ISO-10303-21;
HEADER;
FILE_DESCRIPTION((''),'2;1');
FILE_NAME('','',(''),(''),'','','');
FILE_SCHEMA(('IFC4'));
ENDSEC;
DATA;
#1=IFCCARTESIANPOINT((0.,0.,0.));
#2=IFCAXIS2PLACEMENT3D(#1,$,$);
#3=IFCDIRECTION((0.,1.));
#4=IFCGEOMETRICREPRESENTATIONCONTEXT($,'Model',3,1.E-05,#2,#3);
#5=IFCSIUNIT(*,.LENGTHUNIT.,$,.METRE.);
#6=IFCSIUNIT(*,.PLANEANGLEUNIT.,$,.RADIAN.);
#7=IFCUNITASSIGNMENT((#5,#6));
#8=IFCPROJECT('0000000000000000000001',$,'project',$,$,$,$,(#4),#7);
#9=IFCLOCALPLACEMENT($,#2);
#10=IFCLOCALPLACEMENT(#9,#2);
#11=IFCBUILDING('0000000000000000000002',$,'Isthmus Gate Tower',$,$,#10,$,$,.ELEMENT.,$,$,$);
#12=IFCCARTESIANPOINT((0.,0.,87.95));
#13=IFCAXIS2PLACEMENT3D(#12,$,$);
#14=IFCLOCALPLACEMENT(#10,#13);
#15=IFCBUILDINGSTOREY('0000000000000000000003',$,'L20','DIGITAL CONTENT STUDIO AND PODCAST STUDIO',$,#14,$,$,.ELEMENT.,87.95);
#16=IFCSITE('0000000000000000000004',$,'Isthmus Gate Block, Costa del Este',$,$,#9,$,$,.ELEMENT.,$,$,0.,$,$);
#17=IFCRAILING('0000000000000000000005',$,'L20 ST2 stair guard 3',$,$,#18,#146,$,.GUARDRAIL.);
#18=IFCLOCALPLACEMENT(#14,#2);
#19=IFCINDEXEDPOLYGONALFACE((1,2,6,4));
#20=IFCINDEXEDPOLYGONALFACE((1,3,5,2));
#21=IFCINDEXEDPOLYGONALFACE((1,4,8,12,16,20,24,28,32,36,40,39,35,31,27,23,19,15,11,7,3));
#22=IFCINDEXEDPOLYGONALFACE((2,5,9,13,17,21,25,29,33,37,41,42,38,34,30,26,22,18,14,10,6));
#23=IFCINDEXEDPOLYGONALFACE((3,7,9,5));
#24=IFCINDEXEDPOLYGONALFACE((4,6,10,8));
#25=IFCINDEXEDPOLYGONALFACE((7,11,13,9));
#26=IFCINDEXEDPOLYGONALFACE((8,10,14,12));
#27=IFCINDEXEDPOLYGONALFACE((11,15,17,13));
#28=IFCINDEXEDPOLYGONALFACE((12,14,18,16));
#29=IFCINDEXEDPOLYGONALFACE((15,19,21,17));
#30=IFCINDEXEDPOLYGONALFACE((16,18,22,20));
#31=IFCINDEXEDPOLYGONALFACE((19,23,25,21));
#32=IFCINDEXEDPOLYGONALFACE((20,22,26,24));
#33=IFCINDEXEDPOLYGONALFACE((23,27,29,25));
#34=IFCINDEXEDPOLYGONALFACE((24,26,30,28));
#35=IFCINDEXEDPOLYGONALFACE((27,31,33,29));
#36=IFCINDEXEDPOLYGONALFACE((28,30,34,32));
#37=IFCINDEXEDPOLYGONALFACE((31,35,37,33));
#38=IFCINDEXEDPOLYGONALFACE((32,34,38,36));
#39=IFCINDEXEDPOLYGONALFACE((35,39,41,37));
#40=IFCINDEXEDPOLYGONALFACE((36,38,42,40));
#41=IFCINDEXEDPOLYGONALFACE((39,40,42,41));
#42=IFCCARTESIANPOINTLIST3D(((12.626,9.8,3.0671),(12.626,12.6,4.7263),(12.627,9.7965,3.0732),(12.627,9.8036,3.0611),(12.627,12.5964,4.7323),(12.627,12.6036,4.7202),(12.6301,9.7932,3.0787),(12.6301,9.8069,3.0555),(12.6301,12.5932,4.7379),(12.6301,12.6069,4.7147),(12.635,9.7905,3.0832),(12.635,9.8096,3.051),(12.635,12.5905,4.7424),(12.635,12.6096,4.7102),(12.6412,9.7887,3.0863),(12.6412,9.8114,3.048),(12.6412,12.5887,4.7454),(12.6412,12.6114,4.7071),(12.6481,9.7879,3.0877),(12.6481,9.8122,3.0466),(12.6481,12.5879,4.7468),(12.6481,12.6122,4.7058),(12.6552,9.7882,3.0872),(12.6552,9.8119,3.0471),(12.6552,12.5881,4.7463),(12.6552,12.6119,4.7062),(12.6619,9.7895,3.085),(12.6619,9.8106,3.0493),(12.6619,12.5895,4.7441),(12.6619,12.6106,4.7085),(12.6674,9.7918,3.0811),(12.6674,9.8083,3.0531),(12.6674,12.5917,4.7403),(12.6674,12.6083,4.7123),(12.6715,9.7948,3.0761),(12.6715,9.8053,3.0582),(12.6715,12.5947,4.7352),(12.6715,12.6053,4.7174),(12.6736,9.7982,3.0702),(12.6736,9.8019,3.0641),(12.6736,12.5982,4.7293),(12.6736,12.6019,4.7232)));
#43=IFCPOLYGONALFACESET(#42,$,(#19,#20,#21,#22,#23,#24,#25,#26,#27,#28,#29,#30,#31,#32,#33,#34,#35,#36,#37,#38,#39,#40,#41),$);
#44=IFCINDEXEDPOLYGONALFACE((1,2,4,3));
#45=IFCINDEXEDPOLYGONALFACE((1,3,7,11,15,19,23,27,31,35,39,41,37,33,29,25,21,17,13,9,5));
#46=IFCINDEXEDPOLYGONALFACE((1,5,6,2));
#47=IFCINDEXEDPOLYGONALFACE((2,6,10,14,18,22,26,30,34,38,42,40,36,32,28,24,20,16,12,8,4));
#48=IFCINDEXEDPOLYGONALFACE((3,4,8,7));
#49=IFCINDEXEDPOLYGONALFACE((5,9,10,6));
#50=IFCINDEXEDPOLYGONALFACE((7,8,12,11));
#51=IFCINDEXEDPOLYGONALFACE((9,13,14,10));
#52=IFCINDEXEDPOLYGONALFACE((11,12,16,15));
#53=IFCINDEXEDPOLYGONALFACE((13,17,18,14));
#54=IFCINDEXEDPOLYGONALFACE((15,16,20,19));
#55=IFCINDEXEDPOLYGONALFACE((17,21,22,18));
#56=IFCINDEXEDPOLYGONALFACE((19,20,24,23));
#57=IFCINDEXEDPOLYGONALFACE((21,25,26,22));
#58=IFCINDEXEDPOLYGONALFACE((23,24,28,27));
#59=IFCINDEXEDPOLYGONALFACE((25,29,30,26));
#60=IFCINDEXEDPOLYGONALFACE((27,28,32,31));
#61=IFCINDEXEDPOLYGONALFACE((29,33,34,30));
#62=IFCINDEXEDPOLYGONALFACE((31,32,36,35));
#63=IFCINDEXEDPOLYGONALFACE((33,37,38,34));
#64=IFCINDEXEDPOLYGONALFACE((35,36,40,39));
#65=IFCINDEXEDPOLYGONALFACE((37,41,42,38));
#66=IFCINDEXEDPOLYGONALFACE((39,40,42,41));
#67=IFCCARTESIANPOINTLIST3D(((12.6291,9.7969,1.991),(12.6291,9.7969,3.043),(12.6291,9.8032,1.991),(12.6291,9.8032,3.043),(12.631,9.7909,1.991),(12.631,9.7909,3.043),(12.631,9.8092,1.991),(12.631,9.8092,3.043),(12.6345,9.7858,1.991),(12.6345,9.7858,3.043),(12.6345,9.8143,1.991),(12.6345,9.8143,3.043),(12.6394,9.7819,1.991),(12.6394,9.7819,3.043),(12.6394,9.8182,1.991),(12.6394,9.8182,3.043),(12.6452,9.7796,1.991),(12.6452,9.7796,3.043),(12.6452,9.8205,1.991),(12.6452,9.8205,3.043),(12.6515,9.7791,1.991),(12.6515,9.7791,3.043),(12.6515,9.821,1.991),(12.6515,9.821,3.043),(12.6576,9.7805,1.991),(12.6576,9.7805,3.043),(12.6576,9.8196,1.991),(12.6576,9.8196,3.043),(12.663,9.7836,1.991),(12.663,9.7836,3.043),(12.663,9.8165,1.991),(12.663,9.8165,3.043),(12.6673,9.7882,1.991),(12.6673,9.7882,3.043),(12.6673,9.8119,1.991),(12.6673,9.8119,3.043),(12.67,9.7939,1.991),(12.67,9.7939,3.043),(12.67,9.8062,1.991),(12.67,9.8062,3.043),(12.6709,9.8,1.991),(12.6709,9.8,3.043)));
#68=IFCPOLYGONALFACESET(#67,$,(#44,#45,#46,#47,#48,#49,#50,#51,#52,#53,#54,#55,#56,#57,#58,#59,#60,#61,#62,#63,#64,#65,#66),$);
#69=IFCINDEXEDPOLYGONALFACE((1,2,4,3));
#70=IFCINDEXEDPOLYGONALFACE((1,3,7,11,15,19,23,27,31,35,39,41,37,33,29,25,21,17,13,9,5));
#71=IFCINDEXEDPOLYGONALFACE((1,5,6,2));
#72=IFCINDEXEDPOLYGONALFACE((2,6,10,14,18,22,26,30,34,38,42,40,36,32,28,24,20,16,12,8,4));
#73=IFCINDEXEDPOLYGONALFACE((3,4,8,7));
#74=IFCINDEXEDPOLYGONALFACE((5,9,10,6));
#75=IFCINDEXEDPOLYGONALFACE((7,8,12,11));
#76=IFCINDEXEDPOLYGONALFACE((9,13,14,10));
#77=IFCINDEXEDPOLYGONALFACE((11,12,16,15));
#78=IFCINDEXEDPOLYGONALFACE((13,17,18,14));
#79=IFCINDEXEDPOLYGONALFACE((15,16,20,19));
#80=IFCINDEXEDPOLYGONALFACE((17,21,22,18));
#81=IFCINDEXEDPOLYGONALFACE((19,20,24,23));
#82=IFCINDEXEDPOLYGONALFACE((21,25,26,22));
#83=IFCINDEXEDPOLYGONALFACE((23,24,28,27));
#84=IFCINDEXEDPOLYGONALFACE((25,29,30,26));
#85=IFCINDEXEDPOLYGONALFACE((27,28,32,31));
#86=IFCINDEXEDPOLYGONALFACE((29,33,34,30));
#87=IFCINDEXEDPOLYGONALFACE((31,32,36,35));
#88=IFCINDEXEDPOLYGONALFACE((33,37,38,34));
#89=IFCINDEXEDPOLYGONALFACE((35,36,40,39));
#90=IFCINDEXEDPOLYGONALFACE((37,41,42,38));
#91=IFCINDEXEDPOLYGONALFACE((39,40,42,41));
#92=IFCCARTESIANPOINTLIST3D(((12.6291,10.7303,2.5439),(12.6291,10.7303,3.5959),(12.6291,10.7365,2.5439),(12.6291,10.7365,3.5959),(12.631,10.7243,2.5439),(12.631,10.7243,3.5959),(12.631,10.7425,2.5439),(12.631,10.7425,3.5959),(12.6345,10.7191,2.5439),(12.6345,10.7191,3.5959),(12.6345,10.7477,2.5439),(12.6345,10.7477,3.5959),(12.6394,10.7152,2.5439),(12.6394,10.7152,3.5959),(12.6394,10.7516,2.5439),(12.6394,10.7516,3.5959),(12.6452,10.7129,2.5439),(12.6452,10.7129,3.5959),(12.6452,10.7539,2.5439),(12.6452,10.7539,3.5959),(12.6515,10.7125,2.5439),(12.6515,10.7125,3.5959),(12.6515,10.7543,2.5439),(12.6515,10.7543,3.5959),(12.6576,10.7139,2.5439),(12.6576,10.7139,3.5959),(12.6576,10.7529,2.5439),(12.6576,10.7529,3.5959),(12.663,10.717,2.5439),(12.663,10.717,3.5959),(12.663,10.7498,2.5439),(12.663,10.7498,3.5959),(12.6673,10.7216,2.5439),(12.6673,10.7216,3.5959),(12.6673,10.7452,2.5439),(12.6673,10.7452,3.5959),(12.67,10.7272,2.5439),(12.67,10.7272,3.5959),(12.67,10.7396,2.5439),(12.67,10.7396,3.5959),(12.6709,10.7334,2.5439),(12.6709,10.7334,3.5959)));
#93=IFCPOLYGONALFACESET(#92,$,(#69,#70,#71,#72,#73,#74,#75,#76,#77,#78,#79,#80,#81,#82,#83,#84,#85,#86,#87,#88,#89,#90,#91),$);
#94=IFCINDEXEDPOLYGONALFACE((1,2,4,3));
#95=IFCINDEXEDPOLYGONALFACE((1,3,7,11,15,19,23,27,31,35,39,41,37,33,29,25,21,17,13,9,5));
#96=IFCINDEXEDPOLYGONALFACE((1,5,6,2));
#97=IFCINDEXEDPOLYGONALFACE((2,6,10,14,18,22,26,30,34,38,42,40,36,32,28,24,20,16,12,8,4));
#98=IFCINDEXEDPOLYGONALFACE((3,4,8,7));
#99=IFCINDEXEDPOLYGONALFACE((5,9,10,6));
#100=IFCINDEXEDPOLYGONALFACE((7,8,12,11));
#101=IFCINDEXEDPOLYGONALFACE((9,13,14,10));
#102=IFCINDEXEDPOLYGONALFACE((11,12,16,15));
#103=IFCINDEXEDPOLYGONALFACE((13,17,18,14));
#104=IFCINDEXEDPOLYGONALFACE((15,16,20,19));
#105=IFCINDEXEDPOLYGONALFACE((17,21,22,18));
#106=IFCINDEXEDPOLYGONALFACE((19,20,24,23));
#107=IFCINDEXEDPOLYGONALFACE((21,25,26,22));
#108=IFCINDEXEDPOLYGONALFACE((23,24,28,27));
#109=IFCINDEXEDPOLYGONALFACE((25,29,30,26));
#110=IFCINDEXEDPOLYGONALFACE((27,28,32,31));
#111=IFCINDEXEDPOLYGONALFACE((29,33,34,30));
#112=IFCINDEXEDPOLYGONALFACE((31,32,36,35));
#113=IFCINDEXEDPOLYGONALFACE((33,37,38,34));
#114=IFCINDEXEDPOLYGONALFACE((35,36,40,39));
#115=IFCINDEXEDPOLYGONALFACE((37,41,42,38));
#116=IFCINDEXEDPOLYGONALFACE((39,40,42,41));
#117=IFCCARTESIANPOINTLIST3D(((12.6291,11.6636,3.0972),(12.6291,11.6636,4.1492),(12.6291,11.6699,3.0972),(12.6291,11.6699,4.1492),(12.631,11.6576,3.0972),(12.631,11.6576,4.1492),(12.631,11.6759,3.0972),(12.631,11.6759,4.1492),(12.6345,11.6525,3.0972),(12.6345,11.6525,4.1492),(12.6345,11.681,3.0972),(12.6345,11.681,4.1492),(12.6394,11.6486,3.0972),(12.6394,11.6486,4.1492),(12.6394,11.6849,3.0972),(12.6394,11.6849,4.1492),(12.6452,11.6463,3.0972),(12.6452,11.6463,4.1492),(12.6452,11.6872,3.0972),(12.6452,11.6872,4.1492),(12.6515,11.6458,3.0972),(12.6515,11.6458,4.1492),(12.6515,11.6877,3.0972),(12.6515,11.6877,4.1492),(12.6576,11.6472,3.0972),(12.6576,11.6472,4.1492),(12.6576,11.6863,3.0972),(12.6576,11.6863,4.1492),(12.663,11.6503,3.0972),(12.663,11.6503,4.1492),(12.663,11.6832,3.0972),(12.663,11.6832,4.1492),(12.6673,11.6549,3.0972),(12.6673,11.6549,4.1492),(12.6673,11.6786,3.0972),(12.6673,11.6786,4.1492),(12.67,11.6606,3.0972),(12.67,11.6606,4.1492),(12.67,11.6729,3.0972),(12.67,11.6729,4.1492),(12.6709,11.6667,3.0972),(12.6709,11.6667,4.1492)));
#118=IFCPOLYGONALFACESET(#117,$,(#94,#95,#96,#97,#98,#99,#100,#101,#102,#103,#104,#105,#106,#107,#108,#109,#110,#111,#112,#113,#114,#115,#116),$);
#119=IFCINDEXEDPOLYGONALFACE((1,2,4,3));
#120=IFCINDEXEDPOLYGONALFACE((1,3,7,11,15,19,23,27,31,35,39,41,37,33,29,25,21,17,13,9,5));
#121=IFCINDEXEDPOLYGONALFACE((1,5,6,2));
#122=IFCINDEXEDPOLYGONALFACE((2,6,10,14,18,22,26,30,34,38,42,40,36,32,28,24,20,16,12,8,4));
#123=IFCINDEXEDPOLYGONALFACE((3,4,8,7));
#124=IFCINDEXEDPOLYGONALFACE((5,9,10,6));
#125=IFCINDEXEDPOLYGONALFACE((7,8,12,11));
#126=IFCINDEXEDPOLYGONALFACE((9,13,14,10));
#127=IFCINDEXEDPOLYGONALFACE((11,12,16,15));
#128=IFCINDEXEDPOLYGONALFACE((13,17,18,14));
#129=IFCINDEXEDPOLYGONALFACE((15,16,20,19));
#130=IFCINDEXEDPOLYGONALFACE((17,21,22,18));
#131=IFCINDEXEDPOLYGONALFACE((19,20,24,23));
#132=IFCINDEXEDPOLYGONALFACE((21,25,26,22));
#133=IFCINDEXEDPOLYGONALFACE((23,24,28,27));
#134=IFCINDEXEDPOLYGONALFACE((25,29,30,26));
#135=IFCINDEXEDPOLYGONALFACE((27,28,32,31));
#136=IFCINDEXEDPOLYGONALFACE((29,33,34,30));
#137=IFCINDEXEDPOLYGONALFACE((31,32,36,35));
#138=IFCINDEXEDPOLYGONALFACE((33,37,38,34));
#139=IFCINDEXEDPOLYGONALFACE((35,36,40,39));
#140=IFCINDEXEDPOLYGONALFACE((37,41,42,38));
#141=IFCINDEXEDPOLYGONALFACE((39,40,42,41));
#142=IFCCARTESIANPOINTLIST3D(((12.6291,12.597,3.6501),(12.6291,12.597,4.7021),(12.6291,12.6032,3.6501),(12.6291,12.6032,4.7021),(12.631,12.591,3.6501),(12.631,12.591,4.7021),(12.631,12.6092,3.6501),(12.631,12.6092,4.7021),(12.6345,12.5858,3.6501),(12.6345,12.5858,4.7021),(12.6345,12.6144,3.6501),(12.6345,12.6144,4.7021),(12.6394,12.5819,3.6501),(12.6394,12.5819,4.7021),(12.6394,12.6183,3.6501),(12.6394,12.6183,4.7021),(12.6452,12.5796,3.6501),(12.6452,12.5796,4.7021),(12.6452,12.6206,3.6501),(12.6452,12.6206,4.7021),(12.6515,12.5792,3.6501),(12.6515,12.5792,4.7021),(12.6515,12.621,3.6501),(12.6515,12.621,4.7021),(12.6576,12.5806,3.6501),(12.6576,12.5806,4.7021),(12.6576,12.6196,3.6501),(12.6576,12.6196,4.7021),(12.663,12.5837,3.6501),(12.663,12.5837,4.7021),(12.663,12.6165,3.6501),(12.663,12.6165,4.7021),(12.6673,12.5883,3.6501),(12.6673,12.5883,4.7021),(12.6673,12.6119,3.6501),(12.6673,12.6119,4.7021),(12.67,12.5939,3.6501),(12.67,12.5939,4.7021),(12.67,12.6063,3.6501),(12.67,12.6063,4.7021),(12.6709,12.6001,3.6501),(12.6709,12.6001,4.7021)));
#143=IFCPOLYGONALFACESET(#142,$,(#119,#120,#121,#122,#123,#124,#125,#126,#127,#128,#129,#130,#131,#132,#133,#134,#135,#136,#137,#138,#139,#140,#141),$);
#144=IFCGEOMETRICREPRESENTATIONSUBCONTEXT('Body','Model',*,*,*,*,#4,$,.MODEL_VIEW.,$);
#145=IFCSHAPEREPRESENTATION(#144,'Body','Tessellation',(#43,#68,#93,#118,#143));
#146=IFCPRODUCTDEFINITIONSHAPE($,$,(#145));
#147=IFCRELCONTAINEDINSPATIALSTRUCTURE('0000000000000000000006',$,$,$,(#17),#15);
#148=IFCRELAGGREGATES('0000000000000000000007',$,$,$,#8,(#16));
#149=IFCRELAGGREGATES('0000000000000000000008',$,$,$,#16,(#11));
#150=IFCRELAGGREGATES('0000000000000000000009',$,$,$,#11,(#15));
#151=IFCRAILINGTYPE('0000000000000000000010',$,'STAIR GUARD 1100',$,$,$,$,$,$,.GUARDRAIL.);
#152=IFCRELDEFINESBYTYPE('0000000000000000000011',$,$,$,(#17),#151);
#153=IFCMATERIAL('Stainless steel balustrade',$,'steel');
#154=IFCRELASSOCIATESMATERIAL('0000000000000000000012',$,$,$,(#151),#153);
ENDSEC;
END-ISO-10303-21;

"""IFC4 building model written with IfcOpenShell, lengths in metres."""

from ifc_helpers import new_model, si_unit, direction, frame, origin, origin_2d, place, context, subcontext, project, spatial, circle, extrude, material, type_object, element, save


model = new_model("IFC4")

# Units and contexts
model_context = context("Model", 3, precision=1e-05, world=origin(), true_north=direction((0.0, 1.0)))
body_context = subcontext(model_context, "Body", "Model", "MODEL_VIEW")
ifc_project = project(units=[si_unit("LENGTHUNIT", "METRE"), si_unit("PLANEANGLEUNIT", "RADIAN")], contexts=[model_context])

# Site, building, storey
site_placement = place(None, origin())
site = spatial("IfcSite", under=ifc_project, at=site_placement, Name="Isthmus Gate Block, Costa del Este", CompositionType="ELEMENT", RefElevation=0.0)
building_placement = place(site_placement, origin())
building = spatial("IfcBuilding", under=site, at=building_placement, Name="Isthmus Gate Tower", CompositionType="ELEMENT")
storey_placement = place(building_placement, frame((0.0, 0.0, 87.95)))
storey = spatial("IfcBuildingStorey", under=building, at=storey_placement, Name="L20", Description="DIGITAL CONTENT STUDIO AND PODCAST STUDIO", CompositionType="ELEMENT", Elevation=87.95)

# Railing
ifc_material_1 = material(Name="Stainless steel balustrade", Category="steel")
railing_type_1 = type_object("IfcRailingType", Name="STAIR GUARD 1100", PredefinedType="GUARDRAIL", material=ifc_material_1)
railing_1_placement = place(storey_placement, frame((12.6499, 9.8, 1.991)))
element("IfcRailing", 1, at=railing_1_placement, inside=storey, type_object=railing_type_1, Name="L20 ST2 stair guard 3", PredefinedType="GUARDRAIL", context=body_context, shape_type="SweptSolid", body=[
    extrude(circle(Radius=0.0239, at=origin_2d()), frame((0.0, 0.0, 1.0762), z_axis=(0.0, 0.860306, 0.509778), x_axis=(-1.0, 0.0, 0.0)), (0.0, 0.0, 1.0), 3.2546),
    extrude(circle(Radius=0.021, at=origin_2d()), origin(), (0.0, 0.0, 1.0), 1.052),
    extrude(circle(Radius=0.021, at=origin_2d()), frame((0.0, 0.9333, 0.553)), (0.0, 0.0, 1.0), 1.052),
    extrude(circle(Radius=0.021, at=origin_2d()), frame((0.0, 1.8667, 1.1062)), (0.0, 0.0, 1.0), 1.052),
    extrude(circle(Radius=0.021, at=origin_2d()), frame((0.0, 2.8, 1.6592)), (0.0, 0.0, 1.0), 1.052),
])

save(model, "model.ifc")
